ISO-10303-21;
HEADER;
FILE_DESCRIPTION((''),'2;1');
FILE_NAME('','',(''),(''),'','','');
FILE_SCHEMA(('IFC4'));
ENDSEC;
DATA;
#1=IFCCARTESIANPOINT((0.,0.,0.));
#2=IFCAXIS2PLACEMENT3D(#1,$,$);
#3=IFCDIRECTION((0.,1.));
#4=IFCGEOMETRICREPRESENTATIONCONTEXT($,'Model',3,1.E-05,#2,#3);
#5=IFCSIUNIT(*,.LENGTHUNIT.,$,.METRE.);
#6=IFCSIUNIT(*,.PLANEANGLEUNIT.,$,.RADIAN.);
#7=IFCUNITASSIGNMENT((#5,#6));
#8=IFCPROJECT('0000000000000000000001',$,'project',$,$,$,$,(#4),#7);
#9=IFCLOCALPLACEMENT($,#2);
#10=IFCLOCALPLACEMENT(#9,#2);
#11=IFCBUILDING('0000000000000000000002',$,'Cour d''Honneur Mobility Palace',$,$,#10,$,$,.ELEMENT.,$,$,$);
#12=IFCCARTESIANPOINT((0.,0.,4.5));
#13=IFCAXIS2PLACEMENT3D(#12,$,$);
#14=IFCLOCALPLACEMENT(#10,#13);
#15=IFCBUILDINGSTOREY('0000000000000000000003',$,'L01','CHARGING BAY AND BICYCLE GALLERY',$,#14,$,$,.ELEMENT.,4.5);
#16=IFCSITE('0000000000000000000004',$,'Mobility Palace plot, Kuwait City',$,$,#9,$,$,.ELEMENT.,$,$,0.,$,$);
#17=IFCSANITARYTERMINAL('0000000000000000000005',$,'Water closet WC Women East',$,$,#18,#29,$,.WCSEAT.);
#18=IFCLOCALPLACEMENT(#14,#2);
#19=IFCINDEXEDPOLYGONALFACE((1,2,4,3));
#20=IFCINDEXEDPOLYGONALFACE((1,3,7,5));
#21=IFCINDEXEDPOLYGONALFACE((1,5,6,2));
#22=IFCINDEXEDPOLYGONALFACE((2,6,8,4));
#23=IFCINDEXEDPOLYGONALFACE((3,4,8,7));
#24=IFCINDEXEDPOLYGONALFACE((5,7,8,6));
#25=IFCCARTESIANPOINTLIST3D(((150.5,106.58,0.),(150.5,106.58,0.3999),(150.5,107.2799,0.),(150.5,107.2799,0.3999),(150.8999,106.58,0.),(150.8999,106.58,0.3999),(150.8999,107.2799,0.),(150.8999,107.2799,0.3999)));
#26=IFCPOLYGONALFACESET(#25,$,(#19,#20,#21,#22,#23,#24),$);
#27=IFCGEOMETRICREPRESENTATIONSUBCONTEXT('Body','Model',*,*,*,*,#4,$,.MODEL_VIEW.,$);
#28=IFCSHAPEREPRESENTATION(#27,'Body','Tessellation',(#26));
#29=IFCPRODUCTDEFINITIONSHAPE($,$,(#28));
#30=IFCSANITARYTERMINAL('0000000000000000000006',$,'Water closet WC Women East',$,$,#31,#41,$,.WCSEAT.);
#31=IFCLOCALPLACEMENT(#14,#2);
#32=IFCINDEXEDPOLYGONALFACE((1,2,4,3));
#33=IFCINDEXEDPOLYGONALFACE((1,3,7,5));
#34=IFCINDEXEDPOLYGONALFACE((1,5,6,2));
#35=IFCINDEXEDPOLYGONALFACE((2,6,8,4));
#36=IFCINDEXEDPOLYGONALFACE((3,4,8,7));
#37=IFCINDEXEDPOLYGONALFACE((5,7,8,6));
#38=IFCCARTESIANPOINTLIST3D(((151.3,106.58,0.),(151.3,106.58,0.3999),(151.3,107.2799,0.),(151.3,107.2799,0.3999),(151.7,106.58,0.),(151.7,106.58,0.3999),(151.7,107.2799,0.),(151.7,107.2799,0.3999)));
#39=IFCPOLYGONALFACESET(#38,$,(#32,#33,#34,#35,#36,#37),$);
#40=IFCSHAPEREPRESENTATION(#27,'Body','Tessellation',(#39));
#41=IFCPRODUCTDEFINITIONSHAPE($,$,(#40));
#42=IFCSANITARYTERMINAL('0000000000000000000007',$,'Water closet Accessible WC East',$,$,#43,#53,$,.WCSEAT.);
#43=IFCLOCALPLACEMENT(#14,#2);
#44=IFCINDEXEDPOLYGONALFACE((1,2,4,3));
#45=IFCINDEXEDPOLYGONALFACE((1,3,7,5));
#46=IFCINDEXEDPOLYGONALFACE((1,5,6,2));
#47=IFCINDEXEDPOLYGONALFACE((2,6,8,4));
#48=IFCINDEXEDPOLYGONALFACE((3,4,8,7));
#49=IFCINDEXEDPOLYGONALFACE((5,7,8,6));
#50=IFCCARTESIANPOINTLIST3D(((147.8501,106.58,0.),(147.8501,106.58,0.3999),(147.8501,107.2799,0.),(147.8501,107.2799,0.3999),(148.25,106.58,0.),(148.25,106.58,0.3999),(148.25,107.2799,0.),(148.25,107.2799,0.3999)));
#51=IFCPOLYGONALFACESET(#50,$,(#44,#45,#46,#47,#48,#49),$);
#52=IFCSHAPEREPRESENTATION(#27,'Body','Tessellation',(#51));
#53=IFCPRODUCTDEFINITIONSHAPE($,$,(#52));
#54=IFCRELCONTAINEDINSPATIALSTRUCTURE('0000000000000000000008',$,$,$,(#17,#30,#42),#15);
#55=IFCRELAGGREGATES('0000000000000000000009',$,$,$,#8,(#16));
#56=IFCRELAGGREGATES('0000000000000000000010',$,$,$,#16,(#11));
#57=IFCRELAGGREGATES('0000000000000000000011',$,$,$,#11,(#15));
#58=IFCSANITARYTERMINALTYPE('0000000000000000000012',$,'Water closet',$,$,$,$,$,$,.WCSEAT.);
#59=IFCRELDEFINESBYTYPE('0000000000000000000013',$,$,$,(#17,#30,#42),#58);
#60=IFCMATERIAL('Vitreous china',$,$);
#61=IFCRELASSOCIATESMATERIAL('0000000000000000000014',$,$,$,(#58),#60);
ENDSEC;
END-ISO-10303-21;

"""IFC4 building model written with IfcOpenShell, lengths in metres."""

from ifc_helpers import new_model, si_unit, direction, frame, origin, origin_2d, place, context, subcontext, project, spatial, rectangle, extrude, material, type_object, element, save


model = new_model("IFC4")

# Units and contexts
model_context = context("Model", 3, precision=1e-05, world=origin(), true_north=direction((0.0, 1.0)))
body_context = subcontext(model_context, "Body", "Model", "MODEL_VIEW")
ifc_project = project(units=[si_unit("LENGTHUNIT", "METRE"), si_unit("PLANEANGLEUNIT", "RADIAN")], contexts=[model_context])

# Site, building, storey
site_placement = place(None, origin())
site = spatial("IfcSite", under=ifc_project, at=site_placement, Name="Mobility Palace plot, Kuwait City", CompositionType="ELEMENT", RefElevation=0.0)
building_placement = place(site_placement, origin())
building = spatial("IfcBuilding", under=site, at=building_placement, Name="Cour d'Honneur Mobility Palace", CompositionType="ELEMENT")
storey_placement = place(building_placement, frame((0.0, 0.0, 4.5)))
storey = spatial("IfcBuildingStorey", under=building, at=storey_placement, Name="L01", Description="CHARGING BAY AND BICYCLE GALLERY", CompositionType="ELEMENT", Elevation=4.5)

# Sanitary terminals
ifc_material_1 = material(Name="Vitreous china")
sanitary_terminal_type_1 = type_object("IfcSanitaryTerminalType", Name="Water closet", PredefinedType="WCSEAT", material=ifc_material_1)
for number, where, z_axis, x_axis, name in (
    (1, (150.7, 106.9299, 0.0), (0.0, 0.0, 1.0), (1.0, 0.0, 0.0), "Water closet WC Women East"),
    (2, (151.5, 106.9299, 0.0), (0.0, 0.0, 1.0), (1.0, 0.0, 0.0), "Water closet WC Women East"),
    (3, (148.05, 106.9299, 0.0), (0.0, 0.0, 1.0), (1.0, 0.0, 0.0), "Water closet Accessible WC East"),
):
    element("IfcSanitaryTerminal", number, at=place(storey_placement, frame(where, z_axis=z_axis, x_axis=x_axis)), inside=storey, type_object=sanitary_terminal_type_1, Name=name, PredefinedType="WCSEAT", context=body_context, shape_type="SweptSolid", body=[
        extrude(rectangle(XDim=0.3999, YDim=0.7, at=origin_2d()), origin(), (0.0, 0.0, 1.0), 0.3999),
    ])

save(model, "model.ifc")
